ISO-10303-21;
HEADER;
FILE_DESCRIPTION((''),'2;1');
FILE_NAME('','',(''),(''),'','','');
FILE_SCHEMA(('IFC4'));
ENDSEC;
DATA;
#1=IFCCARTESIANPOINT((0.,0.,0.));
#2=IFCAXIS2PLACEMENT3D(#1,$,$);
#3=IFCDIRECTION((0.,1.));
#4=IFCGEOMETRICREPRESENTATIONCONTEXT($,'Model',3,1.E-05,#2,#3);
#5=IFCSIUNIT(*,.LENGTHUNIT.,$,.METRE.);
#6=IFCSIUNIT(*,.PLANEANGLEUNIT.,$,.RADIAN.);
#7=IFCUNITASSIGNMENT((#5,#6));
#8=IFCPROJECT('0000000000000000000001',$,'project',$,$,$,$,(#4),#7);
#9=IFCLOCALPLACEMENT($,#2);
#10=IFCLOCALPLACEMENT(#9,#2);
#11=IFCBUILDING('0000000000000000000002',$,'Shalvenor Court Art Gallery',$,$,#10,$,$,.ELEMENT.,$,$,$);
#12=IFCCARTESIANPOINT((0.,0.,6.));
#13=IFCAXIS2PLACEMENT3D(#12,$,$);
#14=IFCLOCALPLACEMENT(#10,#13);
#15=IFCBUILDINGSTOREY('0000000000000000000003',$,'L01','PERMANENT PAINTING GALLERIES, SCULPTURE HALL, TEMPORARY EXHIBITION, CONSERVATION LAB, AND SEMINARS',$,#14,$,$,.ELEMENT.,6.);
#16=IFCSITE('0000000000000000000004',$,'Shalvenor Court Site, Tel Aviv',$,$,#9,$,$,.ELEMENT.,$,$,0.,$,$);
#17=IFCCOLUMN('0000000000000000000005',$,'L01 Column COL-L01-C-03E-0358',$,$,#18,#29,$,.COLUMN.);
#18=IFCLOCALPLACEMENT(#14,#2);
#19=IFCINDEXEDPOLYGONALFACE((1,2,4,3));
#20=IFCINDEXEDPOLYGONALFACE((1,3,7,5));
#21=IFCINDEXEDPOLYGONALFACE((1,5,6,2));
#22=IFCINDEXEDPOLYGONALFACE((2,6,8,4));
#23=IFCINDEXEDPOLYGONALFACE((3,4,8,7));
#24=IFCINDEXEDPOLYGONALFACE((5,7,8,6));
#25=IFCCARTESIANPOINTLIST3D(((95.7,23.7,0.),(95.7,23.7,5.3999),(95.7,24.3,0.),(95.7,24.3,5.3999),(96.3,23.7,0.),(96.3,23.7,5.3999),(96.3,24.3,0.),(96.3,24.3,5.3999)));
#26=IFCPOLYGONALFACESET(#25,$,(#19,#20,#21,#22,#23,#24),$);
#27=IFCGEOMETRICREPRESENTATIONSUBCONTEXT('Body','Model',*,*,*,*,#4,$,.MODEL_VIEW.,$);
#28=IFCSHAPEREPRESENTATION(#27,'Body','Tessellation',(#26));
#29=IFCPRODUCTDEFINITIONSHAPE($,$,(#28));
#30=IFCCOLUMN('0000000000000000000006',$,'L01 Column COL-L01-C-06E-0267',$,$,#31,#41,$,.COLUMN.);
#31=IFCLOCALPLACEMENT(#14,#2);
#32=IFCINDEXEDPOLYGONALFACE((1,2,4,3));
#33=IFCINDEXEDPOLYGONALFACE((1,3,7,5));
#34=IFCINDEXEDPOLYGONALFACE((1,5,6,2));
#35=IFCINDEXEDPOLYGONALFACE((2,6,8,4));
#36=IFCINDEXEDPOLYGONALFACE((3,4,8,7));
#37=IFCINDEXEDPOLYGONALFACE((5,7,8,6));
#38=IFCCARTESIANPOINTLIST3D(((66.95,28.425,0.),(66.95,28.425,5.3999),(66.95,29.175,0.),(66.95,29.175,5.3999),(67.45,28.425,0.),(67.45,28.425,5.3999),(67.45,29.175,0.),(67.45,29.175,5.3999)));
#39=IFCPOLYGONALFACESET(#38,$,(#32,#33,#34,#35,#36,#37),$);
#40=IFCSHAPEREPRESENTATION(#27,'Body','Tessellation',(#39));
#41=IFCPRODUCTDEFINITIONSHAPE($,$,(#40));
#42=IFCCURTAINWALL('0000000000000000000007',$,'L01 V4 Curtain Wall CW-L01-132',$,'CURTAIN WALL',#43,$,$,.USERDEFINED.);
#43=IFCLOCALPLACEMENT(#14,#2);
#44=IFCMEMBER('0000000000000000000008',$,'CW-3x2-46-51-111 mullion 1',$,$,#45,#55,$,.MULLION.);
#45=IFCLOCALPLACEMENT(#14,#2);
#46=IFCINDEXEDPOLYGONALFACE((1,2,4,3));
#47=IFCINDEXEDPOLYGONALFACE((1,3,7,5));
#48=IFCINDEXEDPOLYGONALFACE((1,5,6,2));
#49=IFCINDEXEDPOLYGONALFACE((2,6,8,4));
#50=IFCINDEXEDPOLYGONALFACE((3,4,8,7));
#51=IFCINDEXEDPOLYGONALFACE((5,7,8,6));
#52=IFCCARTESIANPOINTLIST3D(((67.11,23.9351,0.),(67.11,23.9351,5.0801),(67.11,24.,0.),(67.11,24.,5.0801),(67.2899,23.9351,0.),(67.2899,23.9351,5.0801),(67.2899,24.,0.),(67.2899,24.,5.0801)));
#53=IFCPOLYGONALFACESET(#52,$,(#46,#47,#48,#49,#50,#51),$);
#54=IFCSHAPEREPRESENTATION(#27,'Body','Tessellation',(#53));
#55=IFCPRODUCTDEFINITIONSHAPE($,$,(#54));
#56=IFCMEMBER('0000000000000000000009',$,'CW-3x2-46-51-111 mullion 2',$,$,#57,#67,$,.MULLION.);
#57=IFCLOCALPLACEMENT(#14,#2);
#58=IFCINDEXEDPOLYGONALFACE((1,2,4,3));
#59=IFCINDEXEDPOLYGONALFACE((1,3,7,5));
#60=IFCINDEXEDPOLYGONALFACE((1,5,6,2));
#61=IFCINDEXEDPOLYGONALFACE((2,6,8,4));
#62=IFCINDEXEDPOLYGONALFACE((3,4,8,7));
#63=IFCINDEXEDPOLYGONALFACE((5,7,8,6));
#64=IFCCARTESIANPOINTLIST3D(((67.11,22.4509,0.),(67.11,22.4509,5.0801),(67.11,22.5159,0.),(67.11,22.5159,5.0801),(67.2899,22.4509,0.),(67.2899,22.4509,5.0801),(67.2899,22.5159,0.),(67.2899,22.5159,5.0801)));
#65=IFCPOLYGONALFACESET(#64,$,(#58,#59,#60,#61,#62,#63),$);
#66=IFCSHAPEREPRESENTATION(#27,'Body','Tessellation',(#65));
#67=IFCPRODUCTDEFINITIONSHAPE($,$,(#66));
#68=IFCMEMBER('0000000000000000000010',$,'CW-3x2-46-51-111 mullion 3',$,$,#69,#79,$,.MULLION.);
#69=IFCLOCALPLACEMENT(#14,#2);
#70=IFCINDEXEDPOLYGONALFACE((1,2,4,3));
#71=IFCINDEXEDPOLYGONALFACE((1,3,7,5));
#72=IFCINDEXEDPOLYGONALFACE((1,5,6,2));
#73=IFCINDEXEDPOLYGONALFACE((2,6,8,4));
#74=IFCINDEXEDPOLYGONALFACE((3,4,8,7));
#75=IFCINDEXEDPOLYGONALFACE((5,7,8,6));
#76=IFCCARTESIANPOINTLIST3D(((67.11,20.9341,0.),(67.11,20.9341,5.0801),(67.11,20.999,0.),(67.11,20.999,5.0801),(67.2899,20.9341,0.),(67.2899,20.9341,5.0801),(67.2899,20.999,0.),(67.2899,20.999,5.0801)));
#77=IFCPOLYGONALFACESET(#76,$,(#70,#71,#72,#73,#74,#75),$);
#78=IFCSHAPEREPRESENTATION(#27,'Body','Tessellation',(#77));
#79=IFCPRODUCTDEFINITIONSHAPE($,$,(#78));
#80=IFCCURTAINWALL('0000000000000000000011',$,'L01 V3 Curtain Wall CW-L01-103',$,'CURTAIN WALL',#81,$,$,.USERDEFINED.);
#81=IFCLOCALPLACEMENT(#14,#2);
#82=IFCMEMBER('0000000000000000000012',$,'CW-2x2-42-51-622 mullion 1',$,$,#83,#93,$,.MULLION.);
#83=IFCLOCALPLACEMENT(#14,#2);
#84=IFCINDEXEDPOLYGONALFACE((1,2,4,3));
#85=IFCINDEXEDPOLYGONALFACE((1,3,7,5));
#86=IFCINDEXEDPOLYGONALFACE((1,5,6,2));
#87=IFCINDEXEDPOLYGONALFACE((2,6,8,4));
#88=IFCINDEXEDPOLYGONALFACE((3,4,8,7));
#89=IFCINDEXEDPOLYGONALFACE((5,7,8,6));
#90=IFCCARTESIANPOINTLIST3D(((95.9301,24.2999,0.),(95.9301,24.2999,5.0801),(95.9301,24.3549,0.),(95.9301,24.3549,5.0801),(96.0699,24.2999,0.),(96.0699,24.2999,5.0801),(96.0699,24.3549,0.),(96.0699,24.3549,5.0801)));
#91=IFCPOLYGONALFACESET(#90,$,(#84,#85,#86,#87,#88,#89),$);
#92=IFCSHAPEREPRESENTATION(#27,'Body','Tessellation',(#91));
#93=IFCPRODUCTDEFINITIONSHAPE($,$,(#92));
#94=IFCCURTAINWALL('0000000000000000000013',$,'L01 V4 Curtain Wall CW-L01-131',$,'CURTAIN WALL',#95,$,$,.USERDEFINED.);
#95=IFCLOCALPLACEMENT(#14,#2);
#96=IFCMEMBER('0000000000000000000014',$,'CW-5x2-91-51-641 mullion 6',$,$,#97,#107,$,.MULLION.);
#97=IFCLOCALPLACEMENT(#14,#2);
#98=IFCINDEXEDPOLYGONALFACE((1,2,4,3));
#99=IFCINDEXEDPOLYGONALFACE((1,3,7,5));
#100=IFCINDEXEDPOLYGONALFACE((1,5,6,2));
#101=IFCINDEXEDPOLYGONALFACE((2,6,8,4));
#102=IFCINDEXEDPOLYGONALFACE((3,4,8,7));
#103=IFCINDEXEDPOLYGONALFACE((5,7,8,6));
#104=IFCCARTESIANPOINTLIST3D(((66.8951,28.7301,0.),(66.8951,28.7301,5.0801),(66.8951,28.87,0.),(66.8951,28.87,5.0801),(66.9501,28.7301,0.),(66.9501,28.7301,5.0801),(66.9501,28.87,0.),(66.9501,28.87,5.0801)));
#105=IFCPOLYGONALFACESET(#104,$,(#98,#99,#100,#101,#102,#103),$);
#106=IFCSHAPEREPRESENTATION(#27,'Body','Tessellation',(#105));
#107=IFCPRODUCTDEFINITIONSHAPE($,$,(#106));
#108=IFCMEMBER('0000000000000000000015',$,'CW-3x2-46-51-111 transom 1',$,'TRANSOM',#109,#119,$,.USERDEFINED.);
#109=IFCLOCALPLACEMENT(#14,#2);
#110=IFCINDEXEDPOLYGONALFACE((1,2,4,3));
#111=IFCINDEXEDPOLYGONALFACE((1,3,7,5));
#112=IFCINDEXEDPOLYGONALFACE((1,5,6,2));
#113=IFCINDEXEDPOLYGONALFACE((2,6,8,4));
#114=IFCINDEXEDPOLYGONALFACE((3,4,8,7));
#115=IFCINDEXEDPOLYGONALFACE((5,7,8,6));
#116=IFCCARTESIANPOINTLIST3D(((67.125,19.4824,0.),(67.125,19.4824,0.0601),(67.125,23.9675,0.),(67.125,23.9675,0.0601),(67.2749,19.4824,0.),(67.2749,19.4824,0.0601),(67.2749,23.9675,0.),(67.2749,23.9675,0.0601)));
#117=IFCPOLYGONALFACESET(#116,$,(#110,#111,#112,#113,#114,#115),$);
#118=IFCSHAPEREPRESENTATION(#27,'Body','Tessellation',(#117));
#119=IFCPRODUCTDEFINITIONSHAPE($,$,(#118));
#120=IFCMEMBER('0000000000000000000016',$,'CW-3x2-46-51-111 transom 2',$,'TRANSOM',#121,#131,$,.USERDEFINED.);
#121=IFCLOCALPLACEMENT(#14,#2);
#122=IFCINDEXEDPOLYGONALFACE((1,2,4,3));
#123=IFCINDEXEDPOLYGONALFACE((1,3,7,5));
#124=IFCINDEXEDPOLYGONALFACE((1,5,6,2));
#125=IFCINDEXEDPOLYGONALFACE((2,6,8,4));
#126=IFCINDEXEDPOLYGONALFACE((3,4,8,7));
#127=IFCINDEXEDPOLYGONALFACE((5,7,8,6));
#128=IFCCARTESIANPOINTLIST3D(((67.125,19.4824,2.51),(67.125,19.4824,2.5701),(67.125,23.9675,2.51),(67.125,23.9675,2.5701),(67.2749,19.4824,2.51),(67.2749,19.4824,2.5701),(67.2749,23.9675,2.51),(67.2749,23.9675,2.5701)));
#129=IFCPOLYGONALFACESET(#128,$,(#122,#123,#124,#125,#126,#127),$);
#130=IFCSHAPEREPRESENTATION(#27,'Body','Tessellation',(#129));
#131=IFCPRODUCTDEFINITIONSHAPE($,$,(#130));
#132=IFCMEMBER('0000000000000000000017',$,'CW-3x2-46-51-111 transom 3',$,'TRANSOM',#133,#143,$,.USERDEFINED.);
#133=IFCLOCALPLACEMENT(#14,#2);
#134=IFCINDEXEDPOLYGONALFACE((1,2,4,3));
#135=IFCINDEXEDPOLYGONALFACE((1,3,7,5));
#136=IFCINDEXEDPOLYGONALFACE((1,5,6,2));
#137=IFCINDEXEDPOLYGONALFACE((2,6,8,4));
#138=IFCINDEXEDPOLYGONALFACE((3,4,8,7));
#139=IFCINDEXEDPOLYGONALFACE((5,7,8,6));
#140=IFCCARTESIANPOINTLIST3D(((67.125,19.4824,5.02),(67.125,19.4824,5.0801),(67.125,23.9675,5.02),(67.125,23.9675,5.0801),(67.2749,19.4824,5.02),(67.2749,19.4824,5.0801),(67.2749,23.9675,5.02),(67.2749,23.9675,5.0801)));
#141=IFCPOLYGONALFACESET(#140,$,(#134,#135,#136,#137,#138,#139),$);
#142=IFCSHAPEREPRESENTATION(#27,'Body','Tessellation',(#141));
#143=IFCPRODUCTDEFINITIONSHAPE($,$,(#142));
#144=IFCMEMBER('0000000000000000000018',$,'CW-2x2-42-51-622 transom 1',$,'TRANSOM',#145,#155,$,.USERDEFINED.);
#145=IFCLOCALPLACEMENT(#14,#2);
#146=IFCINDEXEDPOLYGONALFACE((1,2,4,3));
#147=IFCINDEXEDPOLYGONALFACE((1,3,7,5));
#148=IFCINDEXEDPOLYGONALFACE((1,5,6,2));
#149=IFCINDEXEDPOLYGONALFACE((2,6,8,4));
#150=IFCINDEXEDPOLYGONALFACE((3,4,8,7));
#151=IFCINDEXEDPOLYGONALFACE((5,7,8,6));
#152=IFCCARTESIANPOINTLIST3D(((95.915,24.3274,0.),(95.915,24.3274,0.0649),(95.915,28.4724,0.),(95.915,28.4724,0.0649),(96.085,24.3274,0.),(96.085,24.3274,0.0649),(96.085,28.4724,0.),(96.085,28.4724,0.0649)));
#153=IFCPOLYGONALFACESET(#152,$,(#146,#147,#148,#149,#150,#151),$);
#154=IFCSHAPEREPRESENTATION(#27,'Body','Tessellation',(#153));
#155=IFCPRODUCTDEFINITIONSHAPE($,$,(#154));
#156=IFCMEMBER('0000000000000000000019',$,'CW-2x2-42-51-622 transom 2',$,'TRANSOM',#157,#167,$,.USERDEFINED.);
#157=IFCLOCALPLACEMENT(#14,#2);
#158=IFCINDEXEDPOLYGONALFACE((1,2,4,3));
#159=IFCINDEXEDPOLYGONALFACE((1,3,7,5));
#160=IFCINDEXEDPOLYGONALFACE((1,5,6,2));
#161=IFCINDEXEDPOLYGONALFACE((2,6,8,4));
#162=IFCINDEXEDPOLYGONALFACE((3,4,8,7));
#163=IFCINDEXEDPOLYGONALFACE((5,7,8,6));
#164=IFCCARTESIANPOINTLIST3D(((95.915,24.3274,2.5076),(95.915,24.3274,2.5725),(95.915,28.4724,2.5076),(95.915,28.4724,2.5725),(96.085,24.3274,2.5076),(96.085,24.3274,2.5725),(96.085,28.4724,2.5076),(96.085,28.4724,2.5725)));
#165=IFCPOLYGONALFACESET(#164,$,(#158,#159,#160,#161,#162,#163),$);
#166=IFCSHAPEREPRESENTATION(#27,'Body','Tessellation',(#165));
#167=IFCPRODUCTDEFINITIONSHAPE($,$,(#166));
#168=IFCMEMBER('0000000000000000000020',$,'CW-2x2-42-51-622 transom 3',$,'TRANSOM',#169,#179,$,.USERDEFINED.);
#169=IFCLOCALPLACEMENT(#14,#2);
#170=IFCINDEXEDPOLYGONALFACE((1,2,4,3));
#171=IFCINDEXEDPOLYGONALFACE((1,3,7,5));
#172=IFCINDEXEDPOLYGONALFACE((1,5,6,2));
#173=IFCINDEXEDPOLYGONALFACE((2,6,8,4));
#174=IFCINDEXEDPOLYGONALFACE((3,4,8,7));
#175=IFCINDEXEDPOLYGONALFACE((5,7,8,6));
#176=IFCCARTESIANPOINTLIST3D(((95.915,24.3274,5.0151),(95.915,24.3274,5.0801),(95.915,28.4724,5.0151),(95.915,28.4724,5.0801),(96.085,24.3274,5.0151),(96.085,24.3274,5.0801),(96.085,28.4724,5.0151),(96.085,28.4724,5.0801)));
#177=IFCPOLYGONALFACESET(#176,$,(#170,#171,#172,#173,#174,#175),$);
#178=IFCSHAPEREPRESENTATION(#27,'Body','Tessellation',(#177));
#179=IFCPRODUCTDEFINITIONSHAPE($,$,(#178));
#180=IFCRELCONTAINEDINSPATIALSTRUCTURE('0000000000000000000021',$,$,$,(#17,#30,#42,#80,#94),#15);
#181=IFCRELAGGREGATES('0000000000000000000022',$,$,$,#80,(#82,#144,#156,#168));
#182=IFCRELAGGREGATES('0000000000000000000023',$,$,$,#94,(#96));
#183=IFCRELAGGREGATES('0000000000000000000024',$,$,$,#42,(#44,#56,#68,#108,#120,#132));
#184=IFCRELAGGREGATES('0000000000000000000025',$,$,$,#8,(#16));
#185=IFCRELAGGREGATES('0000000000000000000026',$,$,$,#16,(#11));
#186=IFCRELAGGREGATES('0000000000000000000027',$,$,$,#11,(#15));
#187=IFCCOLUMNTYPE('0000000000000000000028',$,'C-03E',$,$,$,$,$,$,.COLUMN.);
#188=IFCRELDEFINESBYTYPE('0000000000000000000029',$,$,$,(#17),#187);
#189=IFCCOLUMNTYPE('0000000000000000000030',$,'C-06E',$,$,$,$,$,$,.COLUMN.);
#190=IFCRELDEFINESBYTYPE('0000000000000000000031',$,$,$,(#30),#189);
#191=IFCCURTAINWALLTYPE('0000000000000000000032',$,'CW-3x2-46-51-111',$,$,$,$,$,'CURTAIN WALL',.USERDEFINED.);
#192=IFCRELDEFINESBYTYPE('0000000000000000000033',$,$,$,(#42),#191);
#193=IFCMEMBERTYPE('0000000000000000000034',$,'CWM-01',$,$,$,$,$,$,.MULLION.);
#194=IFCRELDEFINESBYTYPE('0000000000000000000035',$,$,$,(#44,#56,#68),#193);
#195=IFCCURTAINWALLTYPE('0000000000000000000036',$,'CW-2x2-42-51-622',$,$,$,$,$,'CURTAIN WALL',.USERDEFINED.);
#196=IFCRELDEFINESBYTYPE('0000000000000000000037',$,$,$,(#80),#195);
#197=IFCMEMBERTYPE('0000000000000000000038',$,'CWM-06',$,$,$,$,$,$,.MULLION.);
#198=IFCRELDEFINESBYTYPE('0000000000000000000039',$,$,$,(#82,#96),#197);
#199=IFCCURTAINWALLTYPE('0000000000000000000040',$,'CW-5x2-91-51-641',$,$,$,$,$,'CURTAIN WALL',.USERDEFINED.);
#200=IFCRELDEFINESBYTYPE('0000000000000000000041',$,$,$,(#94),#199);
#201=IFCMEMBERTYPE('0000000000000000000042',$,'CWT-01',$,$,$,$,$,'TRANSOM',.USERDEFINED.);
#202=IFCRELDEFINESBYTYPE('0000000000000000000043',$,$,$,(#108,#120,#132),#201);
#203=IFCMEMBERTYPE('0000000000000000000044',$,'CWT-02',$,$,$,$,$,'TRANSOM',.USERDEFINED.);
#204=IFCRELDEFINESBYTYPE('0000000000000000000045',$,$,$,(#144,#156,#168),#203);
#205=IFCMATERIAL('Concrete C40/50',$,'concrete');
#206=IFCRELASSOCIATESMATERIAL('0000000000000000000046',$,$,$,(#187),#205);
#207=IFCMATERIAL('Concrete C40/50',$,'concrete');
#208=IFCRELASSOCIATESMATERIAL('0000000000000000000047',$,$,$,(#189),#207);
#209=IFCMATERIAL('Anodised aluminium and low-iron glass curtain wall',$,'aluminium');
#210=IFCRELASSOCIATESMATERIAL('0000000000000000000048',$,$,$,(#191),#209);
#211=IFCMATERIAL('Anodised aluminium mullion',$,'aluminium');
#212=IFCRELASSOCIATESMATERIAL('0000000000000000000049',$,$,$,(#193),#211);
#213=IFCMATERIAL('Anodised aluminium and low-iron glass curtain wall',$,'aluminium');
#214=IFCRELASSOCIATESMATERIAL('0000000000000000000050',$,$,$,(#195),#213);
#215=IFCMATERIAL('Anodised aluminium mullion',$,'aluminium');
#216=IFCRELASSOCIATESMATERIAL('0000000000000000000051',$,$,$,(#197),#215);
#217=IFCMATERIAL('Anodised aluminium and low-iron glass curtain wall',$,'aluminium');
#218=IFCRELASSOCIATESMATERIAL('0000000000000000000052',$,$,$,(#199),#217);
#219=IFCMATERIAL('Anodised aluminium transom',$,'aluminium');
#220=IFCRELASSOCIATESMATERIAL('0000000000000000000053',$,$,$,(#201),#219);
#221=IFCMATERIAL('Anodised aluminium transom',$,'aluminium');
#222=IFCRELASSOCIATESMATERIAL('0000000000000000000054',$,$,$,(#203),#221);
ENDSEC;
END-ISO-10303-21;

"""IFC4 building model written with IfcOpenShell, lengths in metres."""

from ifc_helpers import new_model, si_unit, direction, frame, origin, origin_2d, place, context, subcontext, project, spatial, rectangle, extrude, material, material_profile, profile_set, type_object, element, aggregate, save


model = new_model("IFC4")

# Units and contexts
model_context = context("Model", 3, precision=1e-05, world=origin(), true_north=direction((0.0, 1.0)))
body_context = subcontext(model_context, "Body", "Model", "MODEL_VIEW")
ifc_project = project(units=[si_unit("LENGTHUNIT", "METRE"), si_unit("PLANEANGLEUNIT", "RADIAN")], contexts=[model_context])

# Site, building, storey
site_placement = place(None, origin())
site = spatial("IfcSite", under=ifc_project, at=site_placement, Name="Shalvenor Court Site, Tel Aviv", CompositionType="ELEMENT", RefElevation=0.0)
building_placement = place(site_placement, origin())
building = spatial("IfcBuilding", under=site, at=building_placement, Name="Shalvenor Court Art Gallery", CompositionType="ELEMENT")
storey_placement = place(building_placement, frame((0.0, 0.0, 6.0)))
storey = spatial("IfcBuildingStorey", under=building, at=storey_placement, Name="L01", Description="PERMANENT PAINTING GALLERIES, SCULPTURE HALL, TEMPORARY EXHIBITION, CONSERVATION LAB, AND SEMINARS", CompositionType="ELEMENT", Elevation=6.0)

# Columns
ifc_material_1 = material(Name="Concrete C40/50", Category="concrete")
ifc_material_profile_1 = material_profile(ifc_material_1, rectangle(XDim=0.6001, YDim=0.6001, at=origin_2d()), Name="RC 600x600")
ifc_profile_set_1 = profile_set([ifc_material_profile_1], Name="Concrete C40/50")
column_type_1 = type_object("IfcColumnType", Name="C-03E", PredefinedType="COLUMN", material=ifc_profile_set_1)
column_1_placement = place(storey_placement, frame((96.0, 24.0, 0.0), z_axis=(0.0, 0.0, 1.0), x_axis=(1.0, 0.0, 0.0)))
element("IfcColumn", 1, at=column_1_placement, inside=storey, type_object=column_type_1, Name="L01 Column COL-L01-C-03E-0358", PredefinedType="COLUMN", context=body_context, shape_type="SweptSolid", body=[
    extrude(rectangle(XDim=0.6001, YDim=0.6001, at=origin_2d()), origin(), (0.0, 0.0, 1.0), 5.3999),
])
ifc_material_2 = material(Name="Concrete C40/50", Category="concrete")
ifc_material_profile_2 = material_profile(ifc_material_2, rectangle(XDim=0.5, YDim=0.75, at=origin_2d()), Name="RC 500x750")
ifc_profile_set_2 = profile_set([ifc_material_profile_2], Name="Concrete C40/50")
column_type_2 = type_object("IfcColumnType", Name="C-06E", PredefinedType="COLUMN", material=ifc_profile_set_2)
column_2_placement = place(storey_placement, frame((67.2, 28.8, 0.0), z_axis=(0.0, 0.0, 1.0), x_axis=(1.0, 0.0, 0.0)))
element("IfcColumn", 2, at=column_2_placement, inside=storey, type_object=column_type_2, Name="L01 Column COL-L01-C-06E-0267", PredefinedType="COLUMN", context=body_context, shape_type="SweptSolid", body=[
    extrude(rectangle(XDim=0.5, YDim=0.75, at=origin_2d()), origin(), (0.0, 0.0, 1.0), 5.3999),
])

# Curtain wall, members
ifc_material_3 = material(Name="Anodised aluminium and low-iron glass curtain wall", Category="aluminium")
curtain_wall_type_1 = type_object("IfcCurtainWallType", Name="CW-3x2-46-51-111", ElementType="CURTAIN WALL", PredefinedType="USERDEFINED", material=ifc_material_3)
curtain_wall_1_placement = place(storey_placement, origin())
curtain_wall_1 = element("IfcCurtainWall", 3, at=curtain_wall_1_placement, inside=storey, type_object=curtain_wall_type_1, Name="L01 V4 Curtain Wall CW-L01-132", ObjectType="CURTAIN WALL", PredefinedType="USERDEFINED")
ifc_material_4 = material(Name="Anodised aluminium mullion", Category="aluminium")
ifc_material_profile_3 = material_profile(ifc_material_4, rectangle(XDim=0.0649, YDim=0.1799, at=origin_2d()), Name="CWM-01")
ifc_profile_set_3 = profile_set([ifc_material_profile_3], Name="Anodised aluminium mullion")
member_type_1 = type_object("IfcMemberType", Name="CWM-01", PredefinedType="MULLION", material=ifc_profile_set_3)
member_1_placement = place(storey_placement, frame((67.2, 23.9675, 0.0), z_axis=(0.0, 0.0, 1.0), x_axis=(0.0, -1.0, 0.0)))
member_1 = element("IfcMember", 4, at=member_1_placement, type_object=member_type_1, Name="CW-3x2-46-51-111 mullion 1", PredefinedType="MULLION", context=body_context, shape_type="SweptSolid", body=[
    extrude(rectangle(XDim=0.0649, YDim=0.1799, at=origin_2d()), origin(), (0.0, 0.0, 1.0), 5.0801),
])
member_2_placement = place(storey_placement, frame((67.2, 22.4834, 0.0), z_axis=(0.0, 0.0, 1.0), x_axis=(0.0, -1.0, 0.0)))
member_2 = element("IfcMember", 5, at=member_2_placement, type_object=member_type_1, Name="CW-3x2-46-51-111 mullion 2", PredefinedType="MULLION", context=body_context, shape_type="SweptSolid", body=[
    extrude(rectangle(XDim=0.0649, YDim=0.1799, at=origin_2d()), origin(), (0.0, 0.0, 1.0), 5.0801),
])
member_3_placement = place(storey_placement, frame((67.2, 20.9666, 0.0), z_axis=(0.0, 0.0, 1.0), x_axis=(0.0, -1.0, 0.0)))
member_3 = element("IfcMember", 6, at=member_3_placement, type_object=member_type_1, Name="CW-3x2-46-51-111 mullion 3", PredefinedType="MULLION", context=body_context, shape_type="SweptSolid", body=[
    extrude(rectangle(XDim=0.0649, YDim=0.1799, at=origin_2d()), origin(), (0.0, 0.0, 1.0), 5.0801),
])

# Curtain walls, members
ifc_material_5 = material(Name="Anodised aluminium and low-iron glass curtain wall", Category="aluminium")
curtain_wall_type_2 = type_object("IfcCurtainWallType", Name="CW-2x2-42-51-622", ElementType="CURTAIN WALL", PredefinedType="USERDEFINED", material=ifc_material_5)
curtain_wall_2_placement = place(storey_placement, origin())
curtain_wall_2 = element("IfcCurtainWall", 7, at=curtain_wall_2_placement, inside=storey, type_object=curtain_wall_type_2, Name="L01 V3 Curtain Wall CW-L01-103", ObjectType="CURTAIN WALL", PredefinedType="USERDEFINED")
ifc_material_6 = material(Name="Anodised aluminium mullion", Category="aluminium")
ifc_material_profile_4 = material_profile(ifc_material_6, rectangle(XDim=0.0549, YDim=0.1399, at=origin_2d()), Name="CWM-06")
ifc_profile_set_4 = profile_set([ifc_material_profile_4], Name="Anodised aluminium mullion")
member_type_2 = type_object("IfcMemberType", Name="CWM-06", PredefinedType="MULLION", material=ifc_profile_set_4)
member_4_placement = place(storey_placement, frame((96.0, 24.3274, 0.0), z_axis=(0.0, 0.0, 1.0), x_axis=(0.0, 1.0, 0.0)))
member_4 = element("IfcMember", 8, at=member_4_placement, type_object=member_type_2, Name="CW-2x2-42-51-622 mullion 1", PredefinedType="MULLION", context=body_context, shape_type="SweptSolid", body=[
    extrude(rectangle(XDim=0.0549, YDim=0.1399, at=origin_2d()), origin(), (0.0, 0.0, 1.0), 5.0801),
])
ifc_material_7 = material(Name="Anodised aluminium and low-iron glass curtain wall", Category="aluminium")
curtain_wall_type_3 = type_object("IfcCurtainWallType", Name="CW-5x2-91-51-641", ElementType="CURTAIN WALL", PredefinedType="USERDEFINED", material=ifc_material_7)
curtain_wall_3_placement = place(storey_placement, origin())
curtain_wall_3 = element("IfcCurtainWall", 9, at=curtain_wall_3_placement, inside=storey, type_object=curtain_wall_type_3, Name="L01 V4 Curtain Wall CW-L01-131", ObjectType="CURTAIN WALL", PredefinedType="USERDEFINED")
member_5_placement = place(storey_placement, frame((66.9226, 28.8, 0.0), z_axis=(0.0, 0.0, 1.0), x_axis=(1.0, 0.0, 0.0)))
member_5 = element("IfcMember", 10, at=member_5_placement, type_object=member_type_2, Name="CW-5x2-91-51-641 mullion 6", PredefinedType="MULLION", context=body_context, shape_type="SweptSolid", body=[
    extrude(rectangle(XDim=0.0549, YDim=0.1399, at=origin_2d()), origin(), (0.0, 0.0, 1.0), 5.0801),
])

# Members
ifc_material_8 = material(Name="Anodised aluminium transom", Category="aluminium")
ifc_material_profile_5 = material_profile(ifc_material_8, rectangle(XDim=0.1499, YDim=0.0601, at=origin_2d()), Name="CWT-01")
ifc_profile_set_5 = profile_set([ifc_material_profile_5], Name="Anodised aluminium transom")
member_type_3 = type_object("IfcMemberType", Name="CWT-01", ElementType="TRANSOM", PredefinedType="USERDEFINED", material=ifc_profile_set_5)
member_6_placement = place(storey_placement, frame((67.2, 23.9675, 0.03), z_axis=(0.0, -1.0, 0.0), x_axis=(1.0, 0.0, 0.0)))
member_6 = element("IfcMember", 11, at=member_6_placement, type_object=member_type_3, Name="CW-3x2-46-51-111 transom 1", ObjectType="TRANSOM", PredefinedType="USERDEFINED", context=body_context, shape_type="SweptSolid", body=[
    extrude(rectangle(XDim=0.1499, YDim=0.0601, at=origin_2d()), origin(), (0.0, 0.0, 1.0), 4.4851),
])
member_7_placement = place(storey_placement, frame((67.2, 23.9675, 2.54), z_axis=(0.0, -1.0, 0.0), x_axis=(1.0, 0.0, 0.0)))
member_7 = element("IfcMember", 12, at=member_7_placement, type_object=member_type_3, Name="CW-3x2-46-51-111 transom 2", ObjectType="TRANSOM", PredefinedType="USERDEFINED", context=body_context, shape_type="SweptSolid", body=[
    extrude(rectangle(XDim=0.1499, YDim=0.0601, at=origin_2d()), origin(), (0.0, 0.0, 1.0), 4.4851),
])
member_8_placement = place(storey_placement, frame((67.2, 23.9675, 5.05), z_axis=(0.0, -1.0, 0.0), x_axis=(1.0, 0.0, 0.0)))
member_8 = element("IfcMember", 13, at=member_8_placement, type_object=member_type_3, Name="CW-3x2-46-51-111 transom 3", ObjectType="TRANSOM", PredefinedType="USERDEFINED", context=body_context, shape_type="SweptSolid", body=[
    extrude(rectangle(XDim=0.1499, YDim=0.0601, at=origin_2d()), origin(), (0.0, 0.0, 1.0), 4.4851),
])
ifc_material_9 = material(Name="Anodised aluminium transom", Category="aluminium")
ifc_material_profile_6 = material_profile(ifc_material_9, rectangle(XDim=0.1699, YDim=0.0649, at=origin_2d()), Name="CWT-02")
ifc_profile_set_6 = profile_set([ifc_material_profile_6], Name="Anodised aluminium transom")
member_type_4 = type_object("IfcMemberType", Name="CWT-02", ElementType="TRANSOM", PredefinedType="USERDEFINED", material=ifc_profile_set_6)
member_9_placement = place(storey_placement, frame((96.0, 24.3274, 0.0325), z_axis=(0.0, 1.0, 0.0), x_axis=(-1.0, 0.0, 0.0)))
member_9 = element("IfcMember", 14, at=member_9_placement, type_object=member_type_4, Name="CW-2x2-42-51-622 transom 1", ObjectType="TRANSOM", PredefinedType="USERDEFINED", context=body_context, shape_type="SweptSolid", body=[
    extrude(rectangle(XDim=0.1699, YDim=0.0649, at=origin_2d()), origin(), (0.0, 0.0, 1.0), 4.145),
])
member_10_placement = place(storey_placement, frame((96.0, 24.3274, 2.54), z_axis=(0.0, 1.0, 0.0), x_axis=(-1.0, 0.0, 0.0)))
member_10 = element("IfcMember", 15, at=member_10_placement, type_object=member_type_4, Name="CW-2x2-42-51-622 transom 2", ObjectType="TRANSOM", PredefinedType="USERDEFINED", context=body_context, shape_type="SweptSolid", body=[
    extrude(rectangle(XDim=0.1699, YDim=0.0649, at=origin_2d()), origin(), (0.0, 0.0, 1.0), 4.145),
])
member_11_placement = place(storey_placement, frame((96.0, 24.3274, 5.0476), z_axis=(0.0, 1.0, 0.0), x_axis=(-1.0, 0.0, 0.0)))
member_11 = element("IfcMember", 16, at=member_11_placement, type_object=member_type_4, Name="CW-2x2-42-51-622 transom 3", ObjectType="TRANSOM", PredefinedType="USERDEFINED", context=body_context, shape_type="SweptSolid", body=[
    extrude(rectangle(XDim=0.1699, YDim=0.0649, at=origin_2d()), origin(), (0.0, 0.0, 1.0), 4.145),
])
aggregate(curtain_wall_2, [member_4, member_9, member_10, member_11])

aggregate(curtain_wall_3, [member_5])
aggregate(curtain_wall_1, [member_1, member_2, member_3, member_6, member_7, member_8])

save(model, "model.ifc")
